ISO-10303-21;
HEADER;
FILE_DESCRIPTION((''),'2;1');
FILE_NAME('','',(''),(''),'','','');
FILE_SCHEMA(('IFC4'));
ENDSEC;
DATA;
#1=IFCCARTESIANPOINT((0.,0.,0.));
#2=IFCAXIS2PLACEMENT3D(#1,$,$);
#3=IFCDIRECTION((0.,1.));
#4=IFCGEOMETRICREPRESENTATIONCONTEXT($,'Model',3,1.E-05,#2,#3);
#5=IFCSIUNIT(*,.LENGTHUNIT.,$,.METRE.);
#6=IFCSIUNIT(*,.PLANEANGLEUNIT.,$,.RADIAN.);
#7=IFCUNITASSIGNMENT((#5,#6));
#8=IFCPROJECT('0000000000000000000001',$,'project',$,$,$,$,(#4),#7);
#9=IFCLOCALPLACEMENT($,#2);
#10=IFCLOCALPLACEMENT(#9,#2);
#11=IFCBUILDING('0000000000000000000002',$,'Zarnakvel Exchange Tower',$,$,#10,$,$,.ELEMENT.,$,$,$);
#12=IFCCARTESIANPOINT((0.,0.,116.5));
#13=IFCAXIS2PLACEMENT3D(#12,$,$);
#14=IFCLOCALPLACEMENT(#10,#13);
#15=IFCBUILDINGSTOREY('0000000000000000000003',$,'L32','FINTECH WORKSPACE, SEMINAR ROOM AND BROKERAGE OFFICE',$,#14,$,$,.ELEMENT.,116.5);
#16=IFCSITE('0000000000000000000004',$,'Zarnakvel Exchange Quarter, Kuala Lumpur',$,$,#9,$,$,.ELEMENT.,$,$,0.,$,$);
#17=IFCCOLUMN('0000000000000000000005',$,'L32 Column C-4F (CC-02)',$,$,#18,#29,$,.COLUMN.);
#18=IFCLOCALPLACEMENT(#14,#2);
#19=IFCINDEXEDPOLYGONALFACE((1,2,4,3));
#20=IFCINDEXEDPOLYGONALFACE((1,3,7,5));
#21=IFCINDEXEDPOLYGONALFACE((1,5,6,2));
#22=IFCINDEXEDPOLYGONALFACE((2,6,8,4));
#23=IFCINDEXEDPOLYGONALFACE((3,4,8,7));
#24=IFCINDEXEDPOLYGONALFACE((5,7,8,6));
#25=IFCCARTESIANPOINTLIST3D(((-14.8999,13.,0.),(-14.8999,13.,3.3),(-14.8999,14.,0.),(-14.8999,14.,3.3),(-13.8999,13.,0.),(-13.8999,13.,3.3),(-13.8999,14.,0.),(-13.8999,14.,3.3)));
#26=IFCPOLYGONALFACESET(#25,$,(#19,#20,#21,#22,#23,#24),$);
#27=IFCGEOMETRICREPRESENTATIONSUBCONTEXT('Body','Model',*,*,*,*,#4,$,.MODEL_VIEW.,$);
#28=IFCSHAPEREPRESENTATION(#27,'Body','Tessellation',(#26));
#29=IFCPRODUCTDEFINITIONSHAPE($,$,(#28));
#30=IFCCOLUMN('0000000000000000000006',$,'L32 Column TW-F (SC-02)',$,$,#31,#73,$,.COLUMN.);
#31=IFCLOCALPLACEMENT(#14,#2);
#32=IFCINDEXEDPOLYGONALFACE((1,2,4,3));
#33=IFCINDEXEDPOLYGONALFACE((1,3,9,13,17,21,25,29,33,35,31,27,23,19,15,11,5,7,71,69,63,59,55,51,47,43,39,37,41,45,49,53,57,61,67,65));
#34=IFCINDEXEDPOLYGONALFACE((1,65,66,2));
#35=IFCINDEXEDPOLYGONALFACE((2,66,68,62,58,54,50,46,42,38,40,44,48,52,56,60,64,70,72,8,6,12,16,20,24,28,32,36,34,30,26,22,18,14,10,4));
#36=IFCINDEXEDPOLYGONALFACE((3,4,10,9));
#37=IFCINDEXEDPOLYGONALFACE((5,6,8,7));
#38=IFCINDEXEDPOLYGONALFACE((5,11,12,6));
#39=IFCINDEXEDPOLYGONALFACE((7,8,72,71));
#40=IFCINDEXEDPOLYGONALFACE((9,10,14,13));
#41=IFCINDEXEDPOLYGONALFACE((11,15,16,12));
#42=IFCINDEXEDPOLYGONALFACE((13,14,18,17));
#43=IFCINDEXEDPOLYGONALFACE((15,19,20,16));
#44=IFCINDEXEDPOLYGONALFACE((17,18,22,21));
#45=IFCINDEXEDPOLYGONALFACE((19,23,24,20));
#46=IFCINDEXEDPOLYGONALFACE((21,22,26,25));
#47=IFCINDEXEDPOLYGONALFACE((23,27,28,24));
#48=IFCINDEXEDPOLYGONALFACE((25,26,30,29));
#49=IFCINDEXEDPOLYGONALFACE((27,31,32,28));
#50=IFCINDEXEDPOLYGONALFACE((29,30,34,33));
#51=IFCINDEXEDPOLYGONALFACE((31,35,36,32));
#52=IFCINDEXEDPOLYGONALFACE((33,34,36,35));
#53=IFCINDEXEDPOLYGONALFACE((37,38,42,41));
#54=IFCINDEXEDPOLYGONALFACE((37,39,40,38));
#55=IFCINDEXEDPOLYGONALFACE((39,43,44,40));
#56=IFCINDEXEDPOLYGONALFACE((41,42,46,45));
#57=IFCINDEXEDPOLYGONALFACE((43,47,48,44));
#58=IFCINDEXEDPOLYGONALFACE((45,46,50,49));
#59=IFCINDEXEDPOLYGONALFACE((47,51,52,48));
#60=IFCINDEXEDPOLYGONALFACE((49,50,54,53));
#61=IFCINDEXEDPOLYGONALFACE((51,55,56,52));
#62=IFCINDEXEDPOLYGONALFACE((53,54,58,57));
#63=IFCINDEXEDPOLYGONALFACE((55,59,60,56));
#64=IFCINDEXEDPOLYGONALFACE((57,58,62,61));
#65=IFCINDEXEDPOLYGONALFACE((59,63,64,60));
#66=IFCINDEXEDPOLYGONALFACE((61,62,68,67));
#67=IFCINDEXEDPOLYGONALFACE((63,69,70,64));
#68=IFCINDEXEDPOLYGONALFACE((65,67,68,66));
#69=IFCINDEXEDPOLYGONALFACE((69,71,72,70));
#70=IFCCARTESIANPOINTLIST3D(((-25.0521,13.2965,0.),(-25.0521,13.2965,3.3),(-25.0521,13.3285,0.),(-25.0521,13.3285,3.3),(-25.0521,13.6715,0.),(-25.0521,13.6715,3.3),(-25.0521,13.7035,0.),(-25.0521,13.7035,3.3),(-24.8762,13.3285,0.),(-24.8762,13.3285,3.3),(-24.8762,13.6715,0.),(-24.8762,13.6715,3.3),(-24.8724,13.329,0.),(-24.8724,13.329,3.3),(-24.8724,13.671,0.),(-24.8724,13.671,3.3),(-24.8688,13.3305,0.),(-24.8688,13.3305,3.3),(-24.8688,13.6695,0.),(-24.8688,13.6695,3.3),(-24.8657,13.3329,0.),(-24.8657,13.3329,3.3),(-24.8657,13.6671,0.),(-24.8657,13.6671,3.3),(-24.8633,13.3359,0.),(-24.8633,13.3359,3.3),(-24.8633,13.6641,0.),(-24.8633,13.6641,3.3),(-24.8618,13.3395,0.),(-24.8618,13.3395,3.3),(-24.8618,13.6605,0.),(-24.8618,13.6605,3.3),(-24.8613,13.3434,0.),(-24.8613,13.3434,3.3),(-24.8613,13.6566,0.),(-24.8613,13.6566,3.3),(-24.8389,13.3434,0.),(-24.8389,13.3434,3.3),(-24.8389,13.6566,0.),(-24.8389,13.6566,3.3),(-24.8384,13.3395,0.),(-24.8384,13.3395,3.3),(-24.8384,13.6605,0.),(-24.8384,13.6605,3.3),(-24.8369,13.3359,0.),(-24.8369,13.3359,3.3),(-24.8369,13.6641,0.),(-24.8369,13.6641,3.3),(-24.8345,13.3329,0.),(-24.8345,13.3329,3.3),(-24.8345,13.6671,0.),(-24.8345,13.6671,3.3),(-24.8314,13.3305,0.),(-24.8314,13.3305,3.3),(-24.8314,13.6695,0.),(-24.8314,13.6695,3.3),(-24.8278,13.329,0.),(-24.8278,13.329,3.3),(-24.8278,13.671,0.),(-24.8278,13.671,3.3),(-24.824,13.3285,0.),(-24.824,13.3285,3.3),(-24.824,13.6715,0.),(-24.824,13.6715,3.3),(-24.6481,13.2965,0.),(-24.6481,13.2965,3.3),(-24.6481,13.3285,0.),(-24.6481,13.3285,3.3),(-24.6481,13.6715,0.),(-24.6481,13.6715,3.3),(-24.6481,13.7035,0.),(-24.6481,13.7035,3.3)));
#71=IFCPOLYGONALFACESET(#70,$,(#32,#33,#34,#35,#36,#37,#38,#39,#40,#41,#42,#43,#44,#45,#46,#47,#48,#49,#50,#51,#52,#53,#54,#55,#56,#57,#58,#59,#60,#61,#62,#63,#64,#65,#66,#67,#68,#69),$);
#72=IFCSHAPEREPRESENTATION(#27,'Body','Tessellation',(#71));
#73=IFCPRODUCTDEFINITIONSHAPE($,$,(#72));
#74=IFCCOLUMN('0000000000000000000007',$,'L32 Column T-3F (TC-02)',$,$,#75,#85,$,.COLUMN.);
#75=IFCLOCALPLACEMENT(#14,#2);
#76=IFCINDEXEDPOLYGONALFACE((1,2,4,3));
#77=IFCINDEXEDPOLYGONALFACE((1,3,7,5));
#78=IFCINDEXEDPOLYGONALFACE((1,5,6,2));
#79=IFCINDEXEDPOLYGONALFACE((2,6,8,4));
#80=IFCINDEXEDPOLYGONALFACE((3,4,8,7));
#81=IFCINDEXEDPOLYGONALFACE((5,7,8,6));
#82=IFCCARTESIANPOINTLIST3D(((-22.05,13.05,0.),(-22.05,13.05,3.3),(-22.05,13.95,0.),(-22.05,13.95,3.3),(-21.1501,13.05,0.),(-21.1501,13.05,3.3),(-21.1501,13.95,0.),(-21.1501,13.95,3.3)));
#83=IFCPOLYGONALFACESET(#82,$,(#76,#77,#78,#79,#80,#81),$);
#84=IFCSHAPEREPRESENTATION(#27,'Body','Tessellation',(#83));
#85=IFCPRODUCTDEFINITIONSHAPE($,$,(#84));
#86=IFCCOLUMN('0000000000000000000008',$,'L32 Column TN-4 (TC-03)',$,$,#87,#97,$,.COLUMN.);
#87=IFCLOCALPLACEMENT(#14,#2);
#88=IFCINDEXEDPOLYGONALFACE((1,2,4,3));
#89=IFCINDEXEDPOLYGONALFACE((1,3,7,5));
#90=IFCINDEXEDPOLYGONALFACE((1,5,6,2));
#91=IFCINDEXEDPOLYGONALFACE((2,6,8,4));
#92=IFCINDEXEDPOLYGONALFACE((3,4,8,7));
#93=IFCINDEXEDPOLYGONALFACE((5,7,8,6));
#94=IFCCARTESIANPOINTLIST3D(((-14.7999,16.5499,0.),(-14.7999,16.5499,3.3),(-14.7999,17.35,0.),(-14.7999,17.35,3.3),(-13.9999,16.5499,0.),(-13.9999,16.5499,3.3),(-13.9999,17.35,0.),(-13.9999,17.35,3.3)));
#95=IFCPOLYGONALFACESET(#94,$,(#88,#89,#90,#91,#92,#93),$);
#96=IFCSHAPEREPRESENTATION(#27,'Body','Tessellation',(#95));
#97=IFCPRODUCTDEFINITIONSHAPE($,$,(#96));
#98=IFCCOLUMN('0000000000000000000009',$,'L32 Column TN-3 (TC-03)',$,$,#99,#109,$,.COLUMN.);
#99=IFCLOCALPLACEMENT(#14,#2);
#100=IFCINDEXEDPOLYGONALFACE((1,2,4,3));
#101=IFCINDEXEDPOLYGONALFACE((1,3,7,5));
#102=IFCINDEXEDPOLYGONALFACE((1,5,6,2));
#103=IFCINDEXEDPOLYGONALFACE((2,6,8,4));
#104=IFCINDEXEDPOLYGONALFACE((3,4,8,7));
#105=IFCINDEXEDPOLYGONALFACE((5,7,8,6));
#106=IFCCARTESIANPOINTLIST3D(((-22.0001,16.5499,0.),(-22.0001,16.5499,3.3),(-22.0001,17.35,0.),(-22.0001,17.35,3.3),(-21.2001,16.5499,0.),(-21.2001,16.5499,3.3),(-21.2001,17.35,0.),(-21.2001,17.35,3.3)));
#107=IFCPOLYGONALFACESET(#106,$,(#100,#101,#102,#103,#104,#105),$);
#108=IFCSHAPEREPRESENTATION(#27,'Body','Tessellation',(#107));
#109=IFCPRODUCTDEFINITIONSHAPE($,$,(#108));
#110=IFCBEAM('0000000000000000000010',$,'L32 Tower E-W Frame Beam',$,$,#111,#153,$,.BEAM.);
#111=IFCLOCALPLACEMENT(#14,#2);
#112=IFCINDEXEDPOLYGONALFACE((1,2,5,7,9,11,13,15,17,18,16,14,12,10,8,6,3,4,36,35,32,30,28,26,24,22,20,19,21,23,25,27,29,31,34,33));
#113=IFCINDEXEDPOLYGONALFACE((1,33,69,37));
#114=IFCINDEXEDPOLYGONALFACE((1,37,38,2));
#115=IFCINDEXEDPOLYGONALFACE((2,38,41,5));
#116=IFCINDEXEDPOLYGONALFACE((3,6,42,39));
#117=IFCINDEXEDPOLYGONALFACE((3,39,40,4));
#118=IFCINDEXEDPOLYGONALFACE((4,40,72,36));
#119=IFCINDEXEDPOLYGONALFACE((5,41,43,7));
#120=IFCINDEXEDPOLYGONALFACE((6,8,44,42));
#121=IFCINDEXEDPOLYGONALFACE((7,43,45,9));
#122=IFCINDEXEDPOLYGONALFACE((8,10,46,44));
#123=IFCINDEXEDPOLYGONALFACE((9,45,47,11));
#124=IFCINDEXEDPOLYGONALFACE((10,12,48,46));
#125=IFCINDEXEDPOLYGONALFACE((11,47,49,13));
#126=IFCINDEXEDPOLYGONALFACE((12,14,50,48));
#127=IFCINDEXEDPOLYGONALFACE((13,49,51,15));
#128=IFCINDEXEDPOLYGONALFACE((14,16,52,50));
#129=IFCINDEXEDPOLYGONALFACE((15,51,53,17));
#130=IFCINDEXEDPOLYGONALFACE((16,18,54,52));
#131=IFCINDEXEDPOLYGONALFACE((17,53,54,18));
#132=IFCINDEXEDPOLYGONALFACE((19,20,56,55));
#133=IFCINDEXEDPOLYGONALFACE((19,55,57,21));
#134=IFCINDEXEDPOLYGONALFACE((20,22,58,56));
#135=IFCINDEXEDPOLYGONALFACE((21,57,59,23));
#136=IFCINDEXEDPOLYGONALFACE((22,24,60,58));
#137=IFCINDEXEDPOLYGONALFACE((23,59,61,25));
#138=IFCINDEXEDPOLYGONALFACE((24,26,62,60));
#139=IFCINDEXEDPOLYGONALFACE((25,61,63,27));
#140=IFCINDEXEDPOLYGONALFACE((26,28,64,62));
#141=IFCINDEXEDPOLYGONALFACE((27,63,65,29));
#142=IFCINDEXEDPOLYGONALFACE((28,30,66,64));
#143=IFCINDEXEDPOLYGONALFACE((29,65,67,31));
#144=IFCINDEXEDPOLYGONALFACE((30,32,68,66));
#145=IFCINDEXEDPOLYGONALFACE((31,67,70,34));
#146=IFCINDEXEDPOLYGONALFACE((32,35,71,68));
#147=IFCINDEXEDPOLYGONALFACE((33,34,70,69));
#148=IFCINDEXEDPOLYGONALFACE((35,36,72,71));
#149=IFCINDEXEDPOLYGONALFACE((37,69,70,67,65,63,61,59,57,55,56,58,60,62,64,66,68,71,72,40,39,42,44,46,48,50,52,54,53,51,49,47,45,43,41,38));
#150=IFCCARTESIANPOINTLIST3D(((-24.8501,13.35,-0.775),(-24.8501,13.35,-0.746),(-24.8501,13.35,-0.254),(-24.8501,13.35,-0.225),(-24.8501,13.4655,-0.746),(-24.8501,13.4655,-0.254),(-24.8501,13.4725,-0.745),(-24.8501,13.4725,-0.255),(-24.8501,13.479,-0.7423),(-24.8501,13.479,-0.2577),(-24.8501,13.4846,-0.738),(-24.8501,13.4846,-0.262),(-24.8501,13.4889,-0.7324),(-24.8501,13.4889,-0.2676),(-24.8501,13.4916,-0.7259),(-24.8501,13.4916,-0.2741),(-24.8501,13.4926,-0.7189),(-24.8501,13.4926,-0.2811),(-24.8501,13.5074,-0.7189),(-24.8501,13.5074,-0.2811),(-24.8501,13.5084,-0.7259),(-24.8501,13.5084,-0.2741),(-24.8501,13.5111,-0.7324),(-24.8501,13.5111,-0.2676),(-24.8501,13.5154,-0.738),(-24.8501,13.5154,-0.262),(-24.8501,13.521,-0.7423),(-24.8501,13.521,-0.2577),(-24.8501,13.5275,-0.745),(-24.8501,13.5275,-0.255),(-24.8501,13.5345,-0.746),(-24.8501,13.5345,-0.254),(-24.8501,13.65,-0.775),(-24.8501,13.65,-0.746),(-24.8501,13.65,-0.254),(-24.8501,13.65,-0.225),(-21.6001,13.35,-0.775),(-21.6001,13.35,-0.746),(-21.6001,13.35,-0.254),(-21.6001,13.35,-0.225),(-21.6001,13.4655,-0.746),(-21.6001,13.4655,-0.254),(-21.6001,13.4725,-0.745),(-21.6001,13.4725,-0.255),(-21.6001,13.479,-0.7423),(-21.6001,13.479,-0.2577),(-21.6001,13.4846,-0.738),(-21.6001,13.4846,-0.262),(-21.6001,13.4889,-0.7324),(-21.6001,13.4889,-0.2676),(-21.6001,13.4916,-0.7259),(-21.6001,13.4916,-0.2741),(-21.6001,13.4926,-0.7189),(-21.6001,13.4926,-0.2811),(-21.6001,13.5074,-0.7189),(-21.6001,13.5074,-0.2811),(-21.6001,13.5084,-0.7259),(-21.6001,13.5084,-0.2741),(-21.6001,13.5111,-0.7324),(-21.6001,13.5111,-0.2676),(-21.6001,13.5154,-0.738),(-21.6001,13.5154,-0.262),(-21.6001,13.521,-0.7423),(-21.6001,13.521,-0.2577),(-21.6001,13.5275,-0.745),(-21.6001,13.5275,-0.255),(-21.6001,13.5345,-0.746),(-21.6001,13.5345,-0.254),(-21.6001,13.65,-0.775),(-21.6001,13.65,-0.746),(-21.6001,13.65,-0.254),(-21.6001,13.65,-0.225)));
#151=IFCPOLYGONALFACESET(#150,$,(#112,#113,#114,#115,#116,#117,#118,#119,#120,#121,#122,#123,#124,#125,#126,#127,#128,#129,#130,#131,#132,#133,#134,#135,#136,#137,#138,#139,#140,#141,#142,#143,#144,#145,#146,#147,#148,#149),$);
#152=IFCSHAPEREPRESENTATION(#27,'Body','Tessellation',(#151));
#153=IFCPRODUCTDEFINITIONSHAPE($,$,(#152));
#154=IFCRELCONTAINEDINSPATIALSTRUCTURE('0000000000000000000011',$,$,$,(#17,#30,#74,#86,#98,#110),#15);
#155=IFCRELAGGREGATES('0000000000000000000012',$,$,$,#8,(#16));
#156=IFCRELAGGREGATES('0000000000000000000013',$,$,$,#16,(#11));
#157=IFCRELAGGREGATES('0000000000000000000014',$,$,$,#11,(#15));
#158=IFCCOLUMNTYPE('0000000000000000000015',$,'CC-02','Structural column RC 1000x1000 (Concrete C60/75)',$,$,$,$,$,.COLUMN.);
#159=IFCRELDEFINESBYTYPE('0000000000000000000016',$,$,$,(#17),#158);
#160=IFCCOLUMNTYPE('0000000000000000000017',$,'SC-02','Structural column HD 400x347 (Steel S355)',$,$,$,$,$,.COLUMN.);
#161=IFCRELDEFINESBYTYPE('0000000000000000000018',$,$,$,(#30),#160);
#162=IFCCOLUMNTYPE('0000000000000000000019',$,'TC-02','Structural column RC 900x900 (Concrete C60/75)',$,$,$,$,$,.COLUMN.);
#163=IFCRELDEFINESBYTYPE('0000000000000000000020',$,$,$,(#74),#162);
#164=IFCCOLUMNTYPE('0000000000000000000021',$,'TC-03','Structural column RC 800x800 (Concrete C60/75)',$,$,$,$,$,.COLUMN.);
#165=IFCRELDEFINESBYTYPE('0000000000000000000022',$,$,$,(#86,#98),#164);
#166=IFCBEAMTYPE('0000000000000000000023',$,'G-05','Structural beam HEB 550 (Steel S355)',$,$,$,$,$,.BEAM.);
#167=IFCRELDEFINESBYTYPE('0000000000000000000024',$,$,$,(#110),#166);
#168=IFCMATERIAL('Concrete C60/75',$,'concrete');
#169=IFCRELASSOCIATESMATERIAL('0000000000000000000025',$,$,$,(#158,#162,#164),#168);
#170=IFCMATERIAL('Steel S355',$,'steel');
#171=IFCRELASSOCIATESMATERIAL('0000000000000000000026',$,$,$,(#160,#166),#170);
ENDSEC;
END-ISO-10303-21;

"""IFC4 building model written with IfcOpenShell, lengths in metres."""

from ifc_helpers import new_model, si_unit, direction, frame, origin, origin_2d, place, context, subcontext, project, spatial, rectangle, i_section, extrude, material, material_profile, profile_set, type_object, element, save


model = new_model("IFC4")

# Units and contexts
model_context = context("Model", 3, precision=1e-05, world=origin(), true_north=direction((0.0, 1.0)))
body_context = subcontext(model_context, "Body", "Model", "MODEL_VIEW")
ifc_project = project(units=[si_unit("LENGTHUNIT", "METRE"), si_unit("PLANEANGLEUNIT", "RADIAN")], contexts=[model_context])

# Site, building, storey
site_placement = place(None, origin())
site = spatial("IfcSite", under=ifc_project, at=site_placement, Name="Zarnakvel Exchange Quarter, Kuala Lumpur", CompositionType="ELEMENT", RefElevation=0.0)
building_placement = place(site_placement, origin())
building = spatial("IfcBuilding", under=site, at=building_placement, Name="Zarnakvel Exchange Tower", CompositionType="ELEMENT")
storey_placement = place(building_placement, frame((0.0, 0.0, 116.5)))
storey = spatial("IfcBuildingStorey", under=building, at=storey_placement, Name="L32", Description="FINTECH WORKSPACE, SEMINAR ROOM AND BROKERAGE OFFICE", CompositionType="ELEMENT", Elevation=116.5)

# Columns
ifc_material_1 = material(Name="Concrete C60/75", Category="concrete")
ifc_material_profile_1 = material_profile(ifc_material_1, rectangle(XDim=1.0, YDim=1.0, at=origin_2d()))
ifc_profile_set_1 = profile_set([ifc_material_profile_1], Name="Concrete C60/75")
column_type_1 = type_object("IfcColumnType", Name="CC-02", Description="Structural column RC 1000x1000 (Concrete C60/75)", PredefinedType="COLUMN", material=ifc_profile_set_1)
column_1_placement = place(storey_placement, frame((-14.3999, 13.5, 0.0), z_axis=(0.0, 0.0, 1.0), x_axis=(1.0, 0.0, 0.0)))
element("IfcColumn", 1, at=column_1_placement, inside=storey, type_object=column_type_1, Name="L32 Column C-4F (CC-02)", PredefinedType="COLUMN", context=body_context, shape_type="SweptSolid", body=[
    extrude(rectangle(XDim=1.0, YDim=1.0, at=origin_2d()), origin(), (0.0, 0.0, 1.0), 3.3),
])
ifc_material_2 = material(Name="Steel S355", Category="steel")
ifc_material_profile_2 = material_profile(ifc_material_2, i_section(OverallWidth=0.4041, OverallDepth=0.407, WebThickness=0.0225, FlangeThickness=0.032, FilletRadius=0.0149, at=origin_2d()))
ifc_profile_set_2 = profile_set([ifc_material_profile_2], Name="Steel S355")
column_type_2 = type_object("IfcColumnType", Name="SC-02", Description="Structural column HD 400x347 (Steel S355)", PredefinedType="COLUMN", material=ifc_profile_set_2)
column_2_placement = place(storey_placement, frame((-24.8501, 13.5, 0.0), z_axis=(0.0, 0.0, 1.0), x_axis=(1.0, 0.0, 0.0)))
element("IfcColumn", 2, at=column_2_placement, inside=storey, type_object=column_type_2, Name="L32 Column TW-F (SC-02)", PredefinedType="COLUMN", context=body_context, shape_type="SweptSolid", body=[
    extrude(i_section(OverallWidth=0.4041, OverallDepth=0.407, WebThickness=0.0225, FlangeThickness=0.032, FilletRadius=0.0149, at=origin_2d()), origin(), (0.0, 0.0, 1.0), 3.3),
])
ifc_material_profile_3 = material_profile(ifc_material_1, rectangle(XDim=0.8999, YDim=0.8999, at=origin_2d()))
ifc_profile_set_3 = profile_set([ifc_material_profile_3], Name="Concrete C60/75")
column_type_3 = type_object("IfcColumnType", Name="TC-02", Description="Structural column RC 900x900 (Concrete C60/75)", PredefinedType="COLUMN", material=ifc_profile_set_3)
column_3_placement = place(storey_placement, frame((-21.6001, 13.5, 0.0), z_axis=(0.0, 0.0, 1.0), x_axis=(1.0, 0.0, 0.0)))
element("IfcColumn", 3, at=column_3_placement, inside=storey, type_object=column_type_3, Name="L32 Column T-3F (TC-02)", PredefinedType="COLUMN", context=body_context, shape_type="SweptSolid", body=[
    extrude(rectangle(XDim=0.8999, YDim=0.8999, at=origin_2d()), origin(), (0.0, 0.0, 1.0), 3.3),
])
ifc_material_profile_4 = material_profile(ifc_material_1, rectangle(XDim=0.8, YDim=0.8, at=origin_2d()))
ifc_profile_set_4 = profile_set([ifc_material_profile_4], Name="Concrete C60/75")
column_type_4 = type_object("IfcColumnType", Name="TC-03", Description="Structural column RC 800x800 (Concrete C60/75)", PredefinedType="COLUMN", material=ifc_profile_set_4)
for number, where, z_axis, x_axis, name in (
    (4, (-14.3999, 16.95, 0.0), (0.0, 0.0, 1.0), (1.0, 0.0, 0.0), "L32 Column TN-4 (TC-03)"),
    (5, (-21.6001, 16.95, 0.0), (0.0, 0.0, 1.0), (1.0, 0.0, 0.0), "L32 Column TN-3 (TC-03)"),
):
    element("IfcColumn", number, at=place(storey_placement, frame(where, z_axis=z_axis, x_axis=x_axis)), inside=storey, type_object=column_type_4, Name=name, PredefinedType="COLUMN", context=body_context, shape_type="SweptSolid", body=[
        extrude(rectangle(XDim=0.8, YDim=0.8, at=origin_2d()), origin(), (0.0, 0.0, 1.0), 3.3),
    ])

# Beam
ifc_material_profile_5 = material_profile(ifc_material_2, i_section(OverallWidth=0.3, OverallDepth=0.55, WebThickness=0.0149, FlangeThickness=0.0291, FilletRadius=0.0271, at=origin_2d()))
ifc_profile_set_5 = profile_set([ifc_material_profile_5], Name="Steel S355")
beam_type_1 = type_object("IfcBeamType", Name="G-05", Description="Structural beam HEB 550 (Steel S355)", PredefinedType="BEAM", material=ifc_profile_set_5)
beam_1_placement = place(storey_placement, frame((-24.8501, 13.5, -0.5), z_axis=(1.0, 0.0, 0.0), x_axis=(0.0, 1.0, 0.0)))
element("IfcBeam", 6, at=beam_1_placement, inside=storey, type_object=beam_type_1, Name="L32 Tower E-W Frame Beam", PredefinedType="BEAM", context=body_context, shape_type="SweptSolid", body=[
    extrude(i_section(OverallWidth=0.3, OverallDepth=0.55, WebThickness=0.0149, FlangeThickness=0.0291, FilletRadius=0.0271, at=origin_2d()), origin(), (0.0, 0.0, 1.0), 3.25),
])

save(model, "model.ifc")
